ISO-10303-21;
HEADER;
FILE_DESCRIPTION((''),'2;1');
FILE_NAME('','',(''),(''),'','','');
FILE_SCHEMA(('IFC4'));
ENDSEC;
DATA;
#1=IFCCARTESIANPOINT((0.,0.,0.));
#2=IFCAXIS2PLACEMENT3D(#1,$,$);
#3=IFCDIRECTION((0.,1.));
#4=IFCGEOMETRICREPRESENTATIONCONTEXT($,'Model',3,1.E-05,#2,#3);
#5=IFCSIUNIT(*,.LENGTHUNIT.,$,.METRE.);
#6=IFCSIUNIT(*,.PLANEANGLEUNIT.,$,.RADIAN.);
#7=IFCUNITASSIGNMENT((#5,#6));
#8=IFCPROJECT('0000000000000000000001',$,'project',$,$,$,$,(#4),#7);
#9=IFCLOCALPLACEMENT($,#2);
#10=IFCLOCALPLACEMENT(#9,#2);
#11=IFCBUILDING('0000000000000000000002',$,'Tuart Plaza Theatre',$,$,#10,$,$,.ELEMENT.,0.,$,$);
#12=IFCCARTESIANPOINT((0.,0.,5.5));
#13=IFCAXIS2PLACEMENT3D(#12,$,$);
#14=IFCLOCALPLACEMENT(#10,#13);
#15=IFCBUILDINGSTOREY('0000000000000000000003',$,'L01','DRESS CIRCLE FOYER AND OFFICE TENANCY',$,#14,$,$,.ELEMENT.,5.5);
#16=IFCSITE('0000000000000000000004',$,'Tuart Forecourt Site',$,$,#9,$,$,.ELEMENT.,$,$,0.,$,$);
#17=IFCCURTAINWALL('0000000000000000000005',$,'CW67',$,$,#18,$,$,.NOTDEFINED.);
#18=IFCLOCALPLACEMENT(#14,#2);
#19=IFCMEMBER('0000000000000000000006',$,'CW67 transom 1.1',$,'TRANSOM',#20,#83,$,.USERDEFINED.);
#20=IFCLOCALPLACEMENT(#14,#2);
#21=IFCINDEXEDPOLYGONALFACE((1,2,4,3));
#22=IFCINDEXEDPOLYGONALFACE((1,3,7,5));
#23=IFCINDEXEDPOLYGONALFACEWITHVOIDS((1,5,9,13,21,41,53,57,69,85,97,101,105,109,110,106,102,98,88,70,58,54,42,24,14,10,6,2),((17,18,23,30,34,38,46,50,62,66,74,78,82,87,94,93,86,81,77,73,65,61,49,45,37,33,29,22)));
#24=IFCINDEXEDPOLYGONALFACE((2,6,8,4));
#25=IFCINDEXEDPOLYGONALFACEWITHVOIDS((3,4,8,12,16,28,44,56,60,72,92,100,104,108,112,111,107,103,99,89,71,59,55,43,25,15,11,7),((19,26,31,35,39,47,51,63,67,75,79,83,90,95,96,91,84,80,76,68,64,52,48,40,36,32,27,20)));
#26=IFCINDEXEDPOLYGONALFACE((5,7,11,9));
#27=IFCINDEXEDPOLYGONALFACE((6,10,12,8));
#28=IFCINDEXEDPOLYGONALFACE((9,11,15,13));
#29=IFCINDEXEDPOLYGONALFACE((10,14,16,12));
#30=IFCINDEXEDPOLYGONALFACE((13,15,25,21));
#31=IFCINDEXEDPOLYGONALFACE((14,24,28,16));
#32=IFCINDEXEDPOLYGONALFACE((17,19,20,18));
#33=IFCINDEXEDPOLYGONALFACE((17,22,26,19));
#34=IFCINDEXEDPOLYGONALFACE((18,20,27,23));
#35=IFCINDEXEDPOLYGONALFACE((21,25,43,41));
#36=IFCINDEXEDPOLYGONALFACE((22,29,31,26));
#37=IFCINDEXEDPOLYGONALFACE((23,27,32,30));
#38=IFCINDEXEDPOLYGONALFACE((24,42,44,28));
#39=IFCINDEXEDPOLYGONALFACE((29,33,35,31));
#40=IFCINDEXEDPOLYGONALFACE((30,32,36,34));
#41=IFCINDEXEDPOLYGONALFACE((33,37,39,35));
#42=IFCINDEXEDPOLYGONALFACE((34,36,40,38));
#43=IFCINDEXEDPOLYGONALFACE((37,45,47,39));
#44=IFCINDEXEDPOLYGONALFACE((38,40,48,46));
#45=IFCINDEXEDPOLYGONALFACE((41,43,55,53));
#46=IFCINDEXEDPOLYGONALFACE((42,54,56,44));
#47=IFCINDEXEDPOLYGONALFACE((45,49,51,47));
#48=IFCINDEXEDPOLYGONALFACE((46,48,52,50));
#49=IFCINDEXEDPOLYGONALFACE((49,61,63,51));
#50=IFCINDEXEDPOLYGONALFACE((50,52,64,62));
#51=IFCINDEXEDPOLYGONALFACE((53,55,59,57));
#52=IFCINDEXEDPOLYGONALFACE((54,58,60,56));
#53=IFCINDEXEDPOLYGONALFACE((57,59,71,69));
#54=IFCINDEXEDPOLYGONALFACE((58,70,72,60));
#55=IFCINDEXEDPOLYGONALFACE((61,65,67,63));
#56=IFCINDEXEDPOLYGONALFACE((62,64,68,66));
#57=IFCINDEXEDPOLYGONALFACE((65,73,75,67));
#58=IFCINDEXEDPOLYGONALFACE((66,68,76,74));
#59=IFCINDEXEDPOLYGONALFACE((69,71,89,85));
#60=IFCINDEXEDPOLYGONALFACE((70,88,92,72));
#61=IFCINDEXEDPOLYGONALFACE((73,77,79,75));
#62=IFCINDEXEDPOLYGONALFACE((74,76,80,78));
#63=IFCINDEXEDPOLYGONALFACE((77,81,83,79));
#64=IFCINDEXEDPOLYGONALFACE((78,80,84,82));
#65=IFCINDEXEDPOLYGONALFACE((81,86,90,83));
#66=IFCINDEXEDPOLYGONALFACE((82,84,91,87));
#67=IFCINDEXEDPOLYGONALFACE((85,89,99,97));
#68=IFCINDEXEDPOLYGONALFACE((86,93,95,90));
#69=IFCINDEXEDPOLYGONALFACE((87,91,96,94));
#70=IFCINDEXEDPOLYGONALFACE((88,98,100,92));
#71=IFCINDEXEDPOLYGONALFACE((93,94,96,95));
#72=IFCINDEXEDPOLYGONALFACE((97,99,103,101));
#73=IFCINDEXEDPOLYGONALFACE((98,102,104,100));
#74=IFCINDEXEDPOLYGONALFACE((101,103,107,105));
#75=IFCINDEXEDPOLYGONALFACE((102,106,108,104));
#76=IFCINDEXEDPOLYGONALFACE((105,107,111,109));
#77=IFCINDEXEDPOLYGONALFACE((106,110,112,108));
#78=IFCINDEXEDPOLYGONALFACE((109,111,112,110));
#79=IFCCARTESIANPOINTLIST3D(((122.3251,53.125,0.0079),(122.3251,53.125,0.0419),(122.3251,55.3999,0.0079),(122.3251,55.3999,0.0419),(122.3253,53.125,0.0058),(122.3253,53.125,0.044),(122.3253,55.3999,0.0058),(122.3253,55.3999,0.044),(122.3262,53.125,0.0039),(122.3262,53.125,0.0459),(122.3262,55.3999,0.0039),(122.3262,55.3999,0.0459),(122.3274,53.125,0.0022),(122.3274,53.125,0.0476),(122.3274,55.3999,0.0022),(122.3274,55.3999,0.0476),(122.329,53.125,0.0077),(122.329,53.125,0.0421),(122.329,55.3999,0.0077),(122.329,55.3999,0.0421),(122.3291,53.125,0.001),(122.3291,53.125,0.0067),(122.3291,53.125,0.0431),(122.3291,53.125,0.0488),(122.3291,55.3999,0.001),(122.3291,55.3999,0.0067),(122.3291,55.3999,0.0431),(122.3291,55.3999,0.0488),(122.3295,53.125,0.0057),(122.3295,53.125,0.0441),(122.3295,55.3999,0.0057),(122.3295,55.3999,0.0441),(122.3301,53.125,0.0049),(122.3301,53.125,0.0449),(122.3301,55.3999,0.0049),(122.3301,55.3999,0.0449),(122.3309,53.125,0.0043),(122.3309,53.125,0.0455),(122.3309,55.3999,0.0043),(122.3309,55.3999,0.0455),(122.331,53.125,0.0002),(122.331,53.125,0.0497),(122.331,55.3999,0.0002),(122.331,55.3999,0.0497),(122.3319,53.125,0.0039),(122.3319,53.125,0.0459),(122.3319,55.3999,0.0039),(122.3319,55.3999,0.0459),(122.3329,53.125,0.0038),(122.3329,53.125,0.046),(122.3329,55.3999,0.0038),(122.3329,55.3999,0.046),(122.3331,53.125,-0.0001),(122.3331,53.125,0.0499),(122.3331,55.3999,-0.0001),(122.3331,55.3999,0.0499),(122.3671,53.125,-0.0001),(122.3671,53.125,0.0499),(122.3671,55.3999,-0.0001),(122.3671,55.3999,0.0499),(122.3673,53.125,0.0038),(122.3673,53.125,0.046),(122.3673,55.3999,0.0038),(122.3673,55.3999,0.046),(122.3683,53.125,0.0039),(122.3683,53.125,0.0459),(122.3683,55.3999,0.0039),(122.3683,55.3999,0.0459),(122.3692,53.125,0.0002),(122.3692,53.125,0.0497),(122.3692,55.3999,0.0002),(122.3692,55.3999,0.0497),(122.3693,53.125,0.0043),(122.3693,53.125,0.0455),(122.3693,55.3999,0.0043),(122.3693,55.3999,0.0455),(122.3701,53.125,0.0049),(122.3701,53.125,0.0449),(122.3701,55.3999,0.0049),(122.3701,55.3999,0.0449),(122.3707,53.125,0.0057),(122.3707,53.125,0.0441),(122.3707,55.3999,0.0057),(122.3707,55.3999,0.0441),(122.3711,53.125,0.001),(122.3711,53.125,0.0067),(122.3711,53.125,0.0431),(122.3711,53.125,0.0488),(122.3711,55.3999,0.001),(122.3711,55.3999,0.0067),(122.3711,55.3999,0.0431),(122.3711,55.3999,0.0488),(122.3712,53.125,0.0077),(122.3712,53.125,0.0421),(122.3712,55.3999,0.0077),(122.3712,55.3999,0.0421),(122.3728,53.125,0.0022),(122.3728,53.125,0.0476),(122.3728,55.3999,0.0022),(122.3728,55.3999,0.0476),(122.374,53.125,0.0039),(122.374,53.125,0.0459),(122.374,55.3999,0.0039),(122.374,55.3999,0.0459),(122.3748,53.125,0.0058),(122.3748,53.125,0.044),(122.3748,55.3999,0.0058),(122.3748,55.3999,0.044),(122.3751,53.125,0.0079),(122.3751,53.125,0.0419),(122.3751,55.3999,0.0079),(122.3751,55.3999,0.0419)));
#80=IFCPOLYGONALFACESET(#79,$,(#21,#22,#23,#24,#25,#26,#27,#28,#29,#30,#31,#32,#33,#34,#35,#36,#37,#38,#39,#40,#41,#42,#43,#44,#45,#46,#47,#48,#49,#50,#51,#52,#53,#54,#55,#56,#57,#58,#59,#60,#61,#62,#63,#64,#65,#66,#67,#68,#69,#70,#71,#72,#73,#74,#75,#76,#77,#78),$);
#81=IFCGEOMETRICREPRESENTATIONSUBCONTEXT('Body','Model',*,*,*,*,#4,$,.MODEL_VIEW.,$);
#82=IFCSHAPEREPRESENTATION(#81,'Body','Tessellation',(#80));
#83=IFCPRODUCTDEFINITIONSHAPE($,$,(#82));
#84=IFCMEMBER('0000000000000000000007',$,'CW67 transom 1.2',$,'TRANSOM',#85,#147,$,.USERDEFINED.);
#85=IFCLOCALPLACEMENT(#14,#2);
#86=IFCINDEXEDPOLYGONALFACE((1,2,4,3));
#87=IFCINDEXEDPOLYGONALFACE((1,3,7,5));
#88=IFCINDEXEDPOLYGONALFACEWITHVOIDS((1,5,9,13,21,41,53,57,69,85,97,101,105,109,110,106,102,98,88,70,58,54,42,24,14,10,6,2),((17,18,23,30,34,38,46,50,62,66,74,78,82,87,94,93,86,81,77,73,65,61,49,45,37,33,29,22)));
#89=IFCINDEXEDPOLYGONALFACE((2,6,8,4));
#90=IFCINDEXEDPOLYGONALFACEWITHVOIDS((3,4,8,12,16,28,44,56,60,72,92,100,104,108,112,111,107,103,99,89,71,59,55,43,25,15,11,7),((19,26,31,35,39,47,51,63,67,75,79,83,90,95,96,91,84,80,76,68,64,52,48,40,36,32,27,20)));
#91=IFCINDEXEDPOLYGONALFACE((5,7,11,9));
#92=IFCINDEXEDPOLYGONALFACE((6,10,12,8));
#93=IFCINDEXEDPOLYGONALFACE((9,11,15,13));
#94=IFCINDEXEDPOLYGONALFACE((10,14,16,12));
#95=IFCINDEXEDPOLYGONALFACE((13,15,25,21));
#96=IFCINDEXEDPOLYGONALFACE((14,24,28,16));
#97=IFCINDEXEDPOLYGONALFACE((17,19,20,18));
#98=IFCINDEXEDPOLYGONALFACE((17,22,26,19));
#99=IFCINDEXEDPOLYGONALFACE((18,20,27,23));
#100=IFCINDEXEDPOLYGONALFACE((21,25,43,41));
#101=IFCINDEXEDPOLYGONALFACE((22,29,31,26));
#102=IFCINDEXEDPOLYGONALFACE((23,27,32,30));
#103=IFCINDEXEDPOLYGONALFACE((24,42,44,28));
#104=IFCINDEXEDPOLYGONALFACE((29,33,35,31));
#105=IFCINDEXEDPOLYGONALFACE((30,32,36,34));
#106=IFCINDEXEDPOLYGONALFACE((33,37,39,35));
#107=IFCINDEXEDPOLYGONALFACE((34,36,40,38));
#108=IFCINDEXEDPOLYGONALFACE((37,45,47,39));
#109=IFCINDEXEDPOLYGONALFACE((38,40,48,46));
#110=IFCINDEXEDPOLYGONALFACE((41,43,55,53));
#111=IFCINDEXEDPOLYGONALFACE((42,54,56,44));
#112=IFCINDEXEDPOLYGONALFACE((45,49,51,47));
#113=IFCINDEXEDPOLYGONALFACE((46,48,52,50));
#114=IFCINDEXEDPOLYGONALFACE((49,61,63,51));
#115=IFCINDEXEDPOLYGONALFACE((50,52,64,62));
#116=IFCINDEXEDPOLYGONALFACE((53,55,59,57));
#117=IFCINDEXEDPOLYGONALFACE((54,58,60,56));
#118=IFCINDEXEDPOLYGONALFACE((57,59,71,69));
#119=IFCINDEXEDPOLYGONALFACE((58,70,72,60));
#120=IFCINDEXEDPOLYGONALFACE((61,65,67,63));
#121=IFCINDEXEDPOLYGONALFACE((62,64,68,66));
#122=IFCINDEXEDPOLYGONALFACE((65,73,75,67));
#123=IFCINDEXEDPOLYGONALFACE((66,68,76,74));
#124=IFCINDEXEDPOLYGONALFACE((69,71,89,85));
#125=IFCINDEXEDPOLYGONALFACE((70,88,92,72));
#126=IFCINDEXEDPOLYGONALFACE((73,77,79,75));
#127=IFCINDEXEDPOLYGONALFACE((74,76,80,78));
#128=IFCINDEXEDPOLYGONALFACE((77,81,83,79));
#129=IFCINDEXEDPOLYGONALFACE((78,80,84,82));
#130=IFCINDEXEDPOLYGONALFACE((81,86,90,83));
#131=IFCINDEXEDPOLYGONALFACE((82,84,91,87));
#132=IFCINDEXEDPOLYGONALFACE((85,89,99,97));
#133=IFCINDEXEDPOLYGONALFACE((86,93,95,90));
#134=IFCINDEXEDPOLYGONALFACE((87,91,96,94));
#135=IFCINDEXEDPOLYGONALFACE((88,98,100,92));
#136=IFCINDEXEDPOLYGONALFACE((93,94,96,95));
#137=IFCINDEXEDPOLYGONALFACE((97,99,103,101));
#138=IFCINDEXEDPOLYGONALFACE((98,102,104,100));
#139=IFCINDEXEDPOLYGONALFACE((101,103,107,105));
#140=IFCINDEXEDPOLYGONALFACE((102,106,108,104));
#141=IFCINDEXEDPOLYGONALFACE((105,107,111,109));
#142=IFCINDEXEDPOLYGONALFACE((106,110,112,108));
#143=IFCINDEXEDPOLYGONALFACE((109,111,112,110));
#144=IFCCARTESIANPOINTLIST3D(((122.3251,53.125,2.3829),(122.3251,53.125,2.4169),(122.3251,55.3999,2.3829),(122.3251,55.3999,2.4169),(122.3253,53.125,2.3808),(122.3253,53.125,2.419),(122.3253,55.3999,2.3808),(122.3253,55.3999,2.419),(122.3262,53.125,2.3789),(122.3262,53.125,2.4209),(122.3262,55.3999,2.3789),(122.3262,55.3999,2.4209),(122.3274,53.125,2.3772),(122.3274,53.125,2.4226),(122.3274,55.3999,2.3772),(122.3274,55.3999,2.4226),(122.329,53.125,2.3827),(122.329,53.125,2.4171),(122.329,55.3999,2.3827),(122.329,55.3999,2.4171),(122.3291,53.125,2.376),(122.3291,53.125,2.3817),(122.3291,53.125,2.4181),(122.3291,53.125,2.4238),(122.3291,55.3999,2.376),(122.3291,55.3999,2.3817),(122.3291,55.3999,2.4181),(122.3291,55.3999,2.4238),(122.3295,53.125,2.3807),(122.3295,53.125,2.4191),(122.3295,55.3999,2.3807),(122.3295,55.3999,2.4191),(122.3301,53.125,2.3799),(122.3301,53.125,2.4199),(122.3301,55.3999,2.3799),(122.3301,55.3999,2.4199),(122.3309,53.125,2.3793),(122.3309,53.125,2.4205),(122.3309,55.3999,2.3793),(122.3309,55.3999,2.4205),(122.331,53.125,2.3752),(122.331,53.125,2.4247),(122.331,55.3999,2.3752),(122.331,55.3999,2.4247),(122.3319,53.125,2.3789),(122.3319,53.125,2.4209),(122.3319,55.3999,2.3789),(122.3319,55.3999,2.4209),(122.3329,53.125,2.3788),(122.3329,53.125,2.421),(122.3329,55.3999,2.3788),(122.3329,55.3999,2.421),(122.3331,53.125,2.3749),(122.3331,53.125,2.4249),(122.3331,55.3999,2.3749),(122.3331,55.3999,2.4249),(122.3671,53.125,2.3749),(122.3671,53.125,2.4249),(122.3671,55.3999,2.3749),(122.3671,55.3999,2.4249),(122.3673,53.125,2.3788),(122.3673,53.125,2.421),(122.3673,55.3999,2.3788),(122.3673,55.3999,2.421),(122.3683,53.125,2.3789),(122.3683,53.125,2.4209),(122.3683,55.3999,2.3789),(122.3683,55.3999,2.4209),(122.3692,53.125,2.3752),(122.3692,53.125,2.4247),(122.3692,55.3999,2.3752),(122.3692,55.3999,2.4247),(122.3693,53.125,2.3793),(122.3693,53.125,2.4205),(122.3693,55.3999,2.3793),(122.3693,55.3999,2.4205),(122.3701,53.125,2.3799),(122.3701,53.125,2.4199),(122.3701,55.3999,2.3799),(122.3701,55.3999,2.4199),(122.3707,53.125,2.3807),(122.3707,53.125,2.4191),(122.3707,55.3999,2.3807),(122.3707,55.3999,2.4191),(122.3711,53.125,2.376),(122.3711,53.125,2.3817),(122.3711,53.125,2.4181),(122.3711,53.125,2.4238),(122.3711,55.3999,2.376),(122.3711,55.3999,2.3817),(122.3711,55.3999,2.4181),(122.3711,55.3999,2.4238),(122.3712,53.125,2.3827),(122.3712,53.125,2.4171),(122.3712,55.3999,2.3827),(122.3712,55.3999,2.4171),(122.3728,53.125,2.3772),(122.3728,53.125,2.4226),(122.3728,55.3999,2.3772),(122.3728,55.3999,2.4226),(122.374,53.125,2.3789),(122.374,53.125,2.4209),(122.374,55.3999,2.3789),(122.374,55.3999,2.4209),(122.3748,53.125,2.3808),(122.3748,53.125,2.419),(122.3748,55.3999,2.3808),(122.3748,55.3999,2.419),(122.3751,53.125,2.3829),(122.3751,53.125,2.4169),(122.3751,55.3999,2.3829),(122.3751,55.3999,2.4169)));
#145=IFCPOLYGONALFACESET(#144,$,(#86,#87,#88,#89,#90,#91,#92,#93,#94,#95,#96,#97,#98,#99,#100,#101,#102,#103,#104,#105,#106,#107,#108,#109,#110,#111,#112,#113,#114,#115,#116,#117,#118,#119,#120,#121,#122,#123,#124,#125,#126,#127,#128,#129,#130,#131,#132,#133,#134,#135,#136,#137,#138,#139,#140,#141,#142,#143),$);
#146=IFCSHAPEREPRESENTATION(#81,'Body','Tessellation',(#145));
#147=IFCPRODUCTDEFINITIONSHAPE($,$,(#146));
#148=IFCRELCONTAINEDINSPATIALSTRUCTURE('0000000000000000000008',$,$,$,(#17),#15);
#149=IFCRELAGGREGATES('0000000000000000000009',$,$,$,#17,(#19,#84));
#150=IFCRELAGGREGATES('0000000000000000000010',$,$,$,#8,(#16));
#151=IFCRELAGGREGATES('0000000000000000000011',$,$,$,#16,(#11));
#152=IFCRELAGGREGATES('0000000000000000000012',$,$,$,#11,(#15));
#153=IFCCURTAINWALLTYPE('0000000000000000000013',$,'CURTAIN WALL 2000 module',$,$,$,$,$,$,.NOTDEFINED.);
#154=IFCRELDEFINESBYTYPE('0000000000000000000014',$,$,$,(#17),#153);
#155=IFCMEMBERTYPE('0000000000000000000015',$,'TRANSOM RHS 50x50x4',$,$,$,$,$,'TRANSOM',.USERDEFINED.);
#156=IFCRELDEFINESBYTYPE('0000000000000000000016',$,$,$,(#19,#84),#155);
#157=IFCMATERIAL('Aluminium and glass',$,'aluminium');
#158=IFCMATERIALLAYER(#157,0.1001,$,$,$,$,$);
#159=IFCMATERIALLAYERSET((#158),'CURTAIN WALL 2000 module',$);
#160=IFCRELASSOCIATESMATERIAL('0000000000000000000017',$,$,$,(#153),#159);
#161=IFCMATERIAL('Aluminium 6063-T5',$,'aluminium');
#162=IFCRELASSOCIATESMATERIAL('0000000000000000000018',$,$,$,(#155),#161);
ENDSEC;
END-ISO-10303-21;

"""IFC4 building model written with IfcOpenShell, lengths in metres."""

from ifc_helpers import new_model, si_unit, direction, frame, origin, origin_2d, place, context, subcontext, project, spatial, hollow_rectangle, extrude, material, layer, layer_set, material_profile, profile_set, type_object, element, aggregate, save


model = new_model("IFC4")

# Units and contexts
model_context = context("Model", 3, precision=1e-05, world=origin(), true_north=direction((0.0, 1.0)))
body_context = subcontext(model_context, "Body", "Model", "MODEL_VIEW")
ifc_project = project(units=[si_unit("LENGTHUNIT", "METRE"), si_unit("PLANEANGLEUNIT", "RADIAN")], contexts=[model_context])

# Site, building, storey
site_placement = place(None, origin())
site = spatial("IfcSite", under=ifc_project, at=site_placement, Name="Tuart Forecourt Site", CompositionType="ELEMENT", RefElevation=0.0)
building_placement = place(site_placement, origin())
building = spatial("IfcBuilding", under=site, at=building_placement, Name="Tuart Plaza Theatre", CompositionType="ELEMENT", ElevationOfRefHeight=0.0)
storey_placement = place(building_placement, frame((0.0, 0.0, 5.5)))
storey = spatial("IfcBuildingStorey", under=building, at=storey_placement, Name="L01", Description="DRESS CIRCLE FOYER AND OFFICE TENANCY", CompositionType="ELEMENT", Elevation=5.5)

# Curtain wall
ifc_material_1 = material(Name="Aluminium and glass", Category="aluminium")
ifc_layer_1 = layer(ifc_material_1, 0.1001)
ifc_layer_set_1 = layer_set([ifc_layer_1], Name="CURTAIN WALL 2000 module")
curtain_wall_type = type_object("IfcCurtainWallType", Name="CURTAIN WALL 2000 module", PredefinedType="NOTDEFINED", material=ifc_layer_set_1)
curtain_wall_1_placement = place(storey_placement, origin())
curtain_wall_1 = element("IfcCurtainWall", 1, at=curtain_wall_1_placement, inside=storey, type_object=curtain_wall_type, Name="CW67", PredefinedType="NOTDEFINED")

# Members
ifc_material_2 = material(Name="Aluminium 6063-T5", Category="aluminium")
ifc_material_profile_1 = material_profile(ifc_material_2, hollow_rectangle(XDim=0.05, YDim=0.05, WallThickness=0.0039, InnerFilletRadius=0.0039, OuterFilletRadius=0.0081, at=origin_2d()), Name="RHS 50x50x4")
ifc_profile_set_1 = profile_set([ifc_material_profile_1], Name="Aluminium 6063-T5")
member_type_1 = type_object("IfcMemberType", Name="TRANSOM RHS 50x50x4", ElementType="TRANSOM", PredefinedType="USERDEFINED", material=ifc_profile_set_1)
member_1_placement = place(storey_placement, frame((122.3501, 55.3999, 0.0249), z_axis=(0.0, -1.0, 0.0), x_axis=(1.0, 0.0, 0.0)))
member_1 = element("IfcMember", 2, at=member_1_placement, type_object=member_type_1, Name="CW67 transom 1.1", ObjectType="TRANSOM", PredefinedType="USERDEFINED", context=body_context, shape_type="SweptSolid", body=[
    extrude(hollow_rectangle(XDim=0.05, YDim=0.05, WallThickness=0.0039, InnerFilletRadius=0.0039, OuterFilletRadius=0.0081, at=origin_2d()), origin(), (0.0, 0.0, 1.0), 2.2749),
])
member_2_placement = place(storey_placement, frame((122.3501, 55.3999, 2.3999), z_axis=(0.0, -1.0, 0.0), x_axis=(1.0, 0.0, 0.0)))
member_2 = element("IfcMember", 3, at=member_2_placement, type_object=member_type_1, Name="CW67 transom 1.2", ObjectType="TRANSOM", PredefinedType="USERDEFINED", context=body_context, shape_type="SweptSolid", body=[
    extrude(hollow_rectangle(XDim=0.05, YDim=0.05, WallThickness=0.0039, InnerFilletRadius=0.0039, OuterFilletRadius=0.0081, at=origin_2d()), origin(), (0.0, 0.0, 1.0), 2.2749),
])

aggregate(curtain_wall_1, [member_1, member_2])

save(model, "model.ifc")
